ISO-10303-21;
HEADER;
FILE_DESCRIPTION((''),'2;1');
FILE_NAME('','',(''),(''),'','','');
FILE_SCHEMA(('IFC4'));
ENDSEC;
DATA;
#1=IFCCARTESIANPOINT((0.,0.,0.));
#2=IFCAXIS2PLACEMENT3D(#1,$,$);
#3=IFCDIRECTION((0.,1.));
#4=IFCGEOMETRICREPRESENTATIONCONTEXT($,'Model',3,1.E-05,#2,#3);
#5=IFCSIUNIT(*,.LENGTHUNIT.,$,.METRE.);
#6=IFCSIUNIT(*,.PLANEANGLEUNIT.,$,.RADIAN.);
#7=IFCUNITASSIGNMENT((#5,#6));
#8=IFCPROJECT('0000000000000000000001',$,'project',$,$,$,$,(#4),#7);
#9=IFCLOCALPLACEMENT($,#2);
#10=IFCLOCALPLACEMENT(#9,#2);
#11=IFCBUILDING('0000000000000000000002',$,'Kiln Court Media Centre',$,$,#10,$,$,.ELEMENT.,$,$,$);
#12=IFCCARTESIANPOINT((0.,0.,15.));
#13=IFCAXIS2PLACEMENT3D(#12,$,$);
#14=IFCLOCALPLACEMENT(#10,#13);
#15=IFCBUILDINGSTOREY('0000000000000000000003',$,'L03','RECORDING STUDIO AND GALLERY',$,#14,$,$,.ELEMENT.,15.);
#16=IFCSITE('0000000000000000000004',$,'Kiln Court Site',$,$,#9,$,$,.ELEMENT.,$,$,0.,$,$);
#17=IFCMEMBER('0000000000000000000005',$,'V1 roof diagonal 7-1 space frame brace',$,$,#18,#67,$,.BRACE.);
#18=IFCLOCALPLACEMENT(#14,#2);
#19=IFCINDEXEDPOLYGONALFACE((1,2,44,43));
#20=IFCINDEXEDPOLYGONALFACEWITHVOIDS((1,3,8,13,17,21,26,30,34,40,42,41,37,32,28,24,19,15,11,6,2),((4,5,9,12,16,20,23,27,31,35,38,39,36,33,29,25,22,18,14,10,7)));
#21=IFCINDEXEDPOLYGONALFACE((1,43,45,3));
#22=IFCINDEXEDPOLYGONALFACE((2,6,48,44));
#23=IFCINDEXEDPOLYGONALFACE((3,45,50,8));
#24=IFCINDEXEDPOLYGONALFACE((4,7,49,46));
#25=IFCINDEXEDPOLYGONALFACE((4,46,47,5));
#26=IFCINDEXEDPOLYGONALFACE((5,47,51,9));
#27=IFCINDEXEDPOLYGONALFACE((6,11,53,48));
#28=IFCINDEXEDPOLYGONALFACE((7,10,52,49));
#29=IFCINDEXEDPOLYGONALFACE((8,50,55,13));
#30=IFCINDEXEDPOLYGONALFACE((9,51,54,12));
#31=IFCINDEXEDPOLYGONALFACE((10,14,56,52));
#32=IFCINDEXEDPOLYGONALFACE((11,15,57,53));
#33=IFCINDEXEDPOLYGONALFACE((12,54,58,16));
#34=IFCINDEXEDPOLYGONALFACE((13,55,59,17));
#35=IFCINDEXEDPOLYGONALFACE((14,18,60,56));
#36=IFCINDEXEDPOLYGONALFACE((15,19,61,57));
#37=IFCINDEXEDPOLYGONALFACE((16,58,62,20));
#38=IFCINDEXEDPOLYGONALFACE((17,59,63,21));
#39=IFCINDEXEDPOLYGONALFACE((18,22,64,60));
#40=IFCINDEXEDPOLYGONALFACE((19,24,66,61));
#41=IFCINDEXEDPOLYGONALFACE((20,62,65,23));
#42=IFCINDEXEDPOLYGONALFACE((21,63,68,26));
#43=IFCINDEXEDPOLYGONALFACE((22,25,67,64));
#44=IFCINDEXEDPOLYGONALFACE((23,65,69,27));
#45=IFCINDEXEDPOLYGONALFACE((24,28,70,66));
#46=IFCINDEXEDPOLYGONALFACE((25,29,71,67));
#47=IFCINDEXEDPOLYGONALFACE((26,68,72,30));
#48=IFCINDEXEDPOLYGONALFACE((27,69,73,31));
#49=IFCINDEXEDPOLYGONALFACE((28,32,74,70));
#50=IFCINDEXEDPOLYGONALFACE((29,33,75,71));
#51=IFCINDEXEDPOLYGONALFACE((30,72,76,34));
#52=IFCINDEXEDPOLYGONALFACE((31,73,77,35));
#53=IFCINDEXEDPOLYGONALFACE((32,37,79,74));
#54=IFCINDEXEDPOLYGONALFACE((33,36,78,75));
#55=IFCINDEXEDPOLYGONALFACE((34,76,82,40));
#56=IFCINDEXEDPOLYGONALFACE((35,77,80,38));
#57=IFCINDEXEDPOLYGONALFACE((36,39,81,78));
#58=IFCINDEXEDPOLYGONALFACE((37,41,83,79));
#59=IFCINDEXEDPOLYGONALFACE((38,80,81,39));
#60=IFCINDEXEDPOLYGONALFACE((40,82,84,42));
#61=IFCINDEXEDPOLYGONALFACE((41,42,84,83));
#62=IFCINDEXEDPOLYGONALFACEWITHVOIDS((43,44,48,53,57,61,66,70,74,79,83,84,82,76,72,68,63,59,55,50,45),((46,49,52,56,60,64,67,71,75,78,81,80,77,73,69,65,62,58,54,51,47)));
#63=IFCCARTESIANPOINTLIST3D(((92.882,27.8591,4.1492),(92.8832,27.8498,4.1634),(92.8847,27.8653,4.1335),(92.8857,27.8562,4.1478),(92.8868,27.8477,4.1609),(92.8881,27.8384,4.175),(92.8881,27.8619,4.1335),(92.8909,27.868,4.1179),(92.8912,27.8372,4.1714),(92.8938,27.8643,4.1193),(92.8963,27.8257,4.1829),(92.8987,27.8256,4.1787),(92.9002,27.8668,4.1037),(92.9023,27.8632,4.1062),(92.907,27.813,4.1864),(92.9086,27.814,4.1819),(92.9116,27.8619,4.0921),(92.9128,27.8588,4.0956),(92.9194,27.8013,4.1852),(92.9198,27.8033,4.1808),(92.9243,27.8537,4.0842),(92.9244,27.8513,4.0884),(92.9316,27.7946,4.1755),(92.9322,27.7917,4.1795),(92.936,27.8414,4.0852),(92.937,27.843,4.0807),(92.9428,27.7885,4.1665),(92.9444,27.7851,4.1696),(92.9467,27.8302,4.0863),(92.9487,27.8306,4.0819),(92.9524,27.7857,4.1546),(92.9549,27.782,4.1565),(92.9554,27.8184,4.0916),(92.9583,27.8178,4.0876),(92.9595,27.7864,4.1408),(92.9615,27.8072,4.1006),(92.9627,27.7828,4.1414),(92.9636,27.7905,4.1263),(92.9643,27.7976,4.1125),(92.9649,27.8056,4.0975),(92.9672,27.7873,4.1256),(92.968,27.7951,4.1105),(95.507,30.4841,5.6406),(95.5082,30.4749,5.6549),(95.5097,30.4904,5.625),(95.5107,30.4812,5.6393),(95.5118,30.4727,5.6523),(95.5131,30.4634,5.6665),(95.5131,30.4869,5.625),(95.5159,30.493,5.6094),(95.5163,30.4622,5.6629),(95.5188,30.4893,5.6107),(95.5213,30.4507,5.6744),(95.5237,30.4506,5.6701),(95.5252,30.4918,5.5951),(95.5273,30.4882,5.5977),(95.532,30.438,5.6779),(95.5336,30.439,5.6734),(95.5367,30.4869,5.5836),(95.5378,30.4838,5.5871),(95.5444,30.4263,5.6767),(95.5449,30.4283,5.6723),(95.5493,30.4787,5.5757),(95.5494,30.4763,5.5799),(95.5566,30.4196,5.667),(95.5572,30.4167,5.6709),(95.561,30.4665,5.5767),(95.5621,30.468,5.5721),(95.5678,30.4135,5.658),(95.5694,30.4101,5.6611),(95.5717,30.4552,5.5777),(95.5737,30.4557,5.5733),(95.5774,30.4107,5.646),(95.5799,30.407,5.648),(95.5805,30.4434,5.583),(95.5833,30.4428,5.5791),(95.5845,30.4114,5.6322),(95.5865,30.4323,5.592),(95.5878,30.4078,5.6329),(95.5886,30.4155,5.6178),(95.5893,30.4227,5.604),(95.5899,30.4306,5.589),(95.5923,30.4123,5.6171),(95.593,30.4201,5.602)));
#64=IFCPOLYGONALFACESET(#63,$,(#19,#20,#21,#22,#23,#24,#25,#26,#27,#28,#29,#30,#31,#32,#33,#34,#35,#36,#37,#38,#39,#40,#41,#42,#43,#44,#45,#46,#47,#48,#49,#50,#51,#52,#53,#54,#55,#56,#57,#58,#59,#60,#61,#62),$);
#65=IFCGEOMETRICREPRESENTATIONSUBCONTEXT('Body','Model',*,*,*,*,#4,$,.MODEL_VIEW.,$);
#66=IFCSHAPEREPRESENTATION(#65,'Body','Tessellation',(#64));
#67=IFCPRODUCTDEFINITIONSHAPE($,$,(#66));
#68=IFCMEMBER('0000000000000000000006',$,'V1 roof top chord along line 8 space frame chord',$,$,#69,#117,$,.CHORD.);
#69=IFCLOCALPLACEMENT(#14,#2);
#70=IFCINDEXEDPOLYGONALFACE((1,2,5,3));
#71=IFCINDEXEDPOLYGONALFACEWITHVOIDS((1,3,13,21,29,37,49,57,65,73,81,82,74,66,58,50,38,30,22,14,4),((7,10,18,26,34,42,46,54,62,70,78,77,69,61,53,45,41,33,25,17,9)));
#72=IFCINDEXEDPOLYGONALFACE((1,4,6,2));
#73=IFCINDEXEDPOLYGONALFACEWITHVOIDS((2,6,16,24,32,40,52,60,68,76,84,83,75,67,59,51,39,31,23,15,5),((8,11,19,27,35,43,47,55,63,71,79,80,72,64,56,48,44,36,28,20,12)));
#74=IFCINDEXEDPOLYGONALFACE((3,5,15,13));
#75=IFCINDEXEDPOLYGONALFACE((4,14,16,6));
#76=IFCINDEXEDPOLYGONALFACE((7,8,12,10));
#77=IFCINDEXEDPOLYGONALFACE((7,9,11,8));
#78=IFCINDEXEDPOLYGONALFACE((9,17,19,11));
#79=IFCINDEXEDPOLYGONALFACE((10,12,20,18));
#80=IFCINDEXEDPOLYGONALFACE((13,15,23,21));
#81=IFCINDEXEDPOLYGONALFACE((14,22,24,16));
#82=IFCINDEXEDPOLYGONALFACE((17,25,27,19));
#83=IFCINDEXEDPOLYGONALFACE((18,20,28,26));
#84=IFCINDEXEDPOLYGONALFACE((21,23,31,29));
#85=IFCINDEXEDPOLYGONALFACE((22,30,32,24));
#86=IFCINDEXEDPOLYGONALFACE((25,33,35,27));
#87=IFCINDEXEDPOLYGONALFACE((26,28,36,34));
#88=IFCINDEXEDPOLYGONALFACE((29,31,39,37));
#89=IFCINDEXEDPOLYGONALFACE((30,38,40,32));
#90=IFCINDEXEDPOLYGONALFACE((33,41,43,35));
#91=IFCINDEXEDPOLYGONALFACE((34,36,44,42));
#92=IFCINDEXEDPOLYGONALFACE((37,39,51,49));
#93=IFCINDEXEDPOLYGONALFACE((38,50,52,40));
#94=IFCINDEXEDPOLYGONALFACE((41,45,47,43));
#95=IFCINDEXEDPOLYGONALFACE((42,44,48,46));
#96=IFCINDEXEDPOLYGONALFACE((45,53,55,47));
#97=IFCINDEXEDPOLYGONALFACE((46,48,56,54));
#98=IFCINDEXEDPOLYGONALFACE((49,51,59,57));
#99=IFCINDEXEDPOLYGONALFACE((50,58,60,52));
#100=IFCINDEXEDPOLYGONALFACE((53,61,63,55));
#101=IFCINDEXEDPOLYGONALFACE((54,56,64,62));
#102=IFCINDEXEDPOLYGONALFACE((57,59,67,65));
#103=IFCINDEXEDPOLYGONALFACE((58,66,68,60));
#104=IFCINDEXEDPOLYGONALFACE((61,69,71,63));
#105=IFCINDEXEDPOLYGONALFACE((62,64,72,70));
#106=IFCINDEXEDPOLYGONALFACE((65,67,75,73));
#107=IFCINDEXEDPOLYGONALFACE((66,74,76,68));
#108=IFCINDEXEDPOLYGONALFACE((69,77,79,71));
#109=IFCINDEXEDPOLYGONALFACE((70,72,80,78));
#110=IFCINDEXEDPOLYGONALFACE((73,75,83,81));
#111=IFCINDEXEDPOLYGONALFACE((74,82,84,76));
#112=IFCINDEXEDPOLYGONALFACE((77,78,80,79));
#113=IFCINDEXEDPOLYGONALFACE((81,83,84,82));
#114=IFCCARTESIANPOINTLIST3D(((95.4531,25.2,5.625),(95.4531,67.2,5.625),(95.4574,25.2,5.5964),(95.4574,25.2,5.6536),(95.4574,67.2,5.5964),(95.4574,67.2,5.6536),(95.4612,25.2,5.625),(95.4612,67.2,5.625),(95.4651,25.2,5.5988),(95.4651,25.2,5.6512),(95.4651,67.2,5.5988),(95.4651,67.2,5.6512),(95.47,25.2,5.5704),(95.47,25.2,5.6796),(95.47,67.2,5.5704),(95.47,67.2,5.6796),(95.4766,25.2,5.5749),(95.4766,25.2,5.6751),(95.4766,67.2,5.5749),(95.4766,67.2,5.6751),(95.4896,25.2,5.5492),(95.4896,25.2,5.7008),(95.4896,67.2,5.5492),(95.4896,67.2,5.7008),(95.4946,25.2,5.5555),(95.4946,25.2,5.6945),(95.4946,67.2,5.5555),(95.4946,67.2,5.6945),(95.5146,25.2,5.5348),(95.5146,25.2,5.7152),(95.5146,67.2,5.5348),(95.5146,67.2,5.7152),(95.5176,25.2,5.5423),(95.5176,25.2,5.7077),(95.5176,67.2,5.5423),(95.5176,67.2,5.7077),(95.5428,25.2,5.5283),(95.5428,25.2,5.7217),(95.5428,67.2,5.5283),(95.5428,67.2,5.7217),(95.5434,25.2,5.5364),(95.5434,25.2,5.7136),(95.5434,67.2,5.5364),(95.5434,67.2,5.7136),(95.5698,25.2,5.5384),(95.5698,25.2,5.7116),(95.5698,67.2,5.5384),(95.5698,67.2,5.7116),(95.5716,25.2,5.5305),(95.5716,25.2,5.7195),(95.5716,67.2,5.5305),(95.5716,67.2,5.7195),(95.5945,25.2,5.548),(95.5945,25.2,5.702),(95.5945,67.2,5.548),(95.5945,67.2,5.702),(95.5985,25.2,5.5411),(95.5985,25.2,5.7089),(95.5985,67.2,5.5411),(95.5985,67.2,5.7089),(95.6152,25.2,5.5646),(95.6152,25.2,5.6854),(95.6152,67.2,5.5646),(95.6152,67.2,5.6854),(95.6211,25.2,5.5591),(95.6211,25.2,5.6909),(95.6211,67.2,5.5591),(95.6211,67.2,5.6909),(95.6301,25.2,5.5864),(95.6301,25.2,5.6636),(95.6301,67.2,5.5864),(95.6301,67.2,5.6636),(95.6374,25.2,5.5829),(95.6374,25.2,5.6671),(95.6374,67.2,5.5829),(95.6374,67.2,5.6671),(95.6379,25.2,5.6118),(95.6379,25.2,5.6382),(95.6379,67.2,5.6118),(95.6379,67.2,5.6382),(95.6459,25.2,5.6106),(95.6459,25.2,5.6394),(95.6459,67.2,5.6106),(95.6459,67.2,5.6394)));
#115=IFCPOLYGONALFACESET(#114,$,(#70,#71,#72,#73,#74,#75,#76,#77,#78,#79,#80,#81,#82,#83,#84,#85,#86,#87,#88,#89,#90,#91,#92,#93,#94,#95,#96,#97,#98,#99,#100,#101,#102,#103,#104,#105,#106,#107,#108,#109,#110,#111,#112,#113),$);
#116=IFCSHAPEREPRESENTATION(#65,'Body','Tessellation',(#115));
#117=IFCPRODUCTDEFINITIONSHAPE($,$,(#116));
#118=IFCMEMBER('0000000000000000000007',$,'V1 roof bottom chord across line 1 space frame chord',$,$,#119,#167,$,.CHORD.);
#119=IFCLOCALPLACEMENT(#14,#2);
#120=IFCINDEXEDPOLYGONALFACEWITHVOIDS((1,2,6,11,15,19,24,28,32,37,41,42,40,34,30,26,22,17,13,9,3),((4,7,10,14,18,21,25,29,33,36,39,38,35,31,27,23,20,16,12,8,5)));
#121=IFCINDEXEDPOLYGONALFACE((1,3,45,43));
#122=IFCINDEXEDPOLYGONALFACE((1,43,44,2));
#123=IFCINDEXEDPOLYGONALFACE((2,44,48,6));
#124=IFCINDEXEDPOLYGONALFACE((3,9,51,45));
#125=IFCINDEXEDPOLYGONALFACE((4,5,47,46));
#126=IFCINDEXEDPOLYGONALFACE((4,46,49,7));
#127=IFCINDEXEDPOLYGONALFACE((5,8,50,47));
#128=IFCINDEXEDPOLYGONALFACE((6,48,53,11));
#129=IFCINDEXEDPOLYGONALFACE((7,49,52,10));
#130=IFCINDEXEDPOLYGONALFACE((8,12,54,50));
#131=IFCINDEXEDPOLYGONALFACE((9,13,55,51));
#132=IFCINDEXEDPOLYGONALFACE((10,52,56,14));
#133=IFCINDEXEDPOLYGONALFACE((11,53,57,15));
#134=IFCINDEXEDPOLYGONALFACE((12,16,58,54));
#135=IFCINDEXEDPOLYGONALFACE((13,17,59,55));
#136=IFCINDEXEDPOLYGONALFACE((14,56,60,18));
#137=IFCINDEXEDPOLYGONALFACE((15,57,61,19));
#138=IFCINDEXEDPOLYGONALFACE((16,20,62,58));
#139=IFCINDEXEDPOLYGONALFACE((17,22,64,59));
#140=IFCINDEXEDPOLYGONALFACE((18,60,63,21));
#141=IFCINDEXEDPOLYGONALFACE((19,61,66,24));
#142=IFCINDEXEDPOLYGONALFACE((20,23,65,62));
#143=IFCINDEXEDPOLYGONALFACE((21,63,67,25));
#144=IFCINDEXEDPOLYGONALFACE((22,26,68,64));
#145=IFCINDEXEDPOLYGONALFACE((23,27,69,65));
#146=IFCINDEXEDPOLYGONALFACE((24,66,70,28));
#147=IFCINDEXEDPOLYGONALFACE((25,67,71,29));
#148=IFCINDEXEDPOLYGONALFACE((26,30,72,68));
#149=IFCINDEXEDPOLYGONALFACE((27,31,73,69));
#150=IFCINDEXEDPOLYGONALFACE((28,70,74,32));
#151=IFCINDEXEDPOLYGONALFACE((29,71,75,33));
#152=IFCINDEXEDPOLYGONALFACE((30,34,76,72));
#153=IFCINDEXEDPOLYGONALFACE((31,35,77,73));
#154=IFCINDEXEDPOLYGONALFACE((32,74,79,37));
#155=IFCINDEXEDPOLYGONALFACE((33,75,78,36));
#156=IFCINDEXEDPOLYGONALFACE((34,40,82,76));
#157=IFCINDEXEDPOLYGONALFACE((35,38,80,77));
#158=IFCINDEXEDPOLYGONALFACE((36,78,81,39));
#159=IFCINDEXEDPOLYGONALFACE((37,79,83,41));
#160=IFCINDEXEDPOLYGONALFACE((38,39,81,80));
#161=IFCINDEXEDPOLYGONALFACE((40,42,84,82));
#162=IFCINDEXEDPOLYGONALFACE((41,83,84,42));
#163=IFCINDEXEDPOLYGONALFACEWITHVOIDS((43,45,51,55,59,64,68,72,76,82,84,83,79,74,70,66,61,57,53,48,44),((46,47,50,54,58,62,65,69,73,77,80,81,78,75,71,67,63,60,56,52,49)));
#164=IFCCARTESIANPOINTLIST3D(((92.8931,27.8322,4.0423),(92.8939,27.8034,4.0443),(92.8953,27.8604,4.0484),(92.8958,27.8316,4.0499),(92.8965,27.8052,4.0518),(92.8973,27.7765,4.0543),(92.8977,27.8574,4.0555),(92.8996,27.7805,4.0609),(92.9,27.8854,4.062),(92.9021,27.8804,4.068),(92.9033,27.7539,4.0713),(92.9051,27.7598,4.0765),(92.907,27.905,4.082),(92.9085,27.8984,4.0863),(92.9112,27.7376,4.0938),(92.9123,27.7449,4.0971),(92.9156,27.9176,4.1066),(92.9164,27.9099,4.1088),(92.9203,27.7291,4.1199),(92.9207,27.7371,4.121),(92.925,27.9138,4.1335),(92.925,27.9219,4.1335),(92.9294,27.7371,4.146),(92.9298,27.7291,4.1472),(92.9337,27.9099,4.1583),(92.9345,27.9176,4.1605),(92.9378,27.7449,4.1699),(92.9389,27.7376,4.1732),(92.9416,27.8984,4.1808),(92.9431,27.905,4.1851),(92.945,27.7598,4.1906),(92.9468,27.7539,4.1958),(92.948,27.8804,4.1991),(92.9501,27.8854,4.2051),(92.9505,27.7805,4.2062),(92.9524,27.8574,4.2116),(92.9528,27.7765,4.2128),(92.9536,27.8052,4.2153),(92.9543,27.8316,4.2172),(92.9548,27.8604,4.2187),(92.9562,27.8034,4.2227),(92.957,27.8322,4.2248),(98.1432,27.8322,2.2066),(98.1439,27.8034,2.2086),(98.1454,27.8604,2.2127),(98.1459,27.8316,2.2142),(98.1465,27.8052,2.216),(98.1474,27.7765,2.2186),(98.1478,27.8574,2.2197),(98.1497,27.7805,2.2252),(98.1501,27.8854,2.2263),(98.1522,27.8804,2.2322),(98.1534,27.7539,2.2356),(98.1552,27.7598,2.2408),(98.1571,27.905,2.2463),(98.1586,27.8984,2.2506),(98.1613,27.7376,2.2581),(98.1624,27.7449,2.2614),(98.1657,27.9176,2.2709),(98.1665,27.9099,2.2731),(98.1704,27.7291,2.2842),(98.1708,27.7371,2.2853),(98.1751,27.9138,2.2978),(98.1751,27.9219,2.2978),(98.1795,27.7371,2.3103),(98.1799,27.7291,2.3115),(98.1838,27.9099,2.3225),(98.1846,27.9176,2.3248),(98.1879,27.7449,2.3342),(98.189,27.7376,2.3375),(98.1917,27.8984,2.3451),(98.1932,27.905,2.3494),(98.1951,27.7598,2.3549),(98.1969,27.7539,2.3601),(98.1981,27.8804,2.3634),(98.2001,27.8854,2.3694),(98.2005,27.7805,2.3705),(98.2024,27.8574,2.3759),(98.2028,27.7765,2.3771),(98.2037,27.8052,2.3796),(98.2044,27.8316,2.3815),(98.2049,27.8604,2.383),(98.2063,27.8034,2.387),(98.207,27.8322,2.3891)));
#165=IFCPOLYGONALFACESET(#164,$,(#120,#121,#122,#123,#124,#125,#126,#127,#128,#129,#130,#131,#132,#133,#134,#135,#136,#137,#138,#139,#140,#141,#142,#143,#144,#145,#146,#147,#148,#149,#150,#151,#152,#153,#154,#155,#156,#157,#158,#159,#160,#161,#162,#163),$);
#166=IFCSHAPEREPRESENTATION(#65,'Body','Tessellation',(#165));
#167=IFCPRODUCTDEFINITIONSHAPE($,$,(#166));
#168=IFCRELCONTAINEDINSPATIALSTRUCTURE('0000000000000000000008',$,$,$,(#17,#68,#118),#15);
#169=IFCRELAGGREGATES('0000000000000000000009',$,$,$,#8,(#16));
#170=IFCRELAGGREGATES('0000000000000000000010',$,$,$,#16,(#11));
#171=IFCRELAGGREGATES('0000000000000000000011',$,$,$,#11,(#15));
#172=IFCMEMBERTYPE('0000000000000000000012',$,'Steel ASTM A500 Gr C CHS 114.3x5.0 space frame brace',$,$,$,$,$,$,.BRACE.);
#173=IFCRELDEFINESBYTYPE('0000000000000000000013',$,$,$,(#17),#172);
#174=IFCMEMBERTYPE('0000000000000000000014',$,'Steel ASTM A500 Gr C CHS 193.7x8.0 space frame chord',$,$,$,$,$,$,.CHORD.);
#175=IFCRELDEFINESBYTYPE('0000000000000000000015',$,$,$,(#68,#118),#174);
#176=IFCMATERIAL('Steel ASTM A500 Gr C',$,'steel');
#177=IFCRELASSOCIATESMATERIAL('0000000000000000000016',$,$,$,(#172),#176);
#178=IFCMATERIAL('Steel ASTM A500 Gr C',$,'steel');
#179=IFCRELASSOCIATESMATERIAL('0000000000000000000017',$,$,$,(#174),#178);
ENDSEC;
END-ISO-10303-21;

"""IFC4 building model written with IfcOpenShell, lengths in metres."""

from ifc_helpers import new_model, si_unit, direction, frame, origin, origin_2d, place, context, subcontext, project, spatial, hollow_circle, extrude, material, material_profile, profile_set, type_object, element, save


model = new_model("IFC4")

# Units and contexts
model_context = context("Model", 3, precision=1e-05, world=origin(), true_north=direction((0.0, 1.0)))
body_context = subcontext(model_context, "Body", "Model", "MODEL_VIEW")
ifc_project = project(units=[si_unit("LENGTHUNIT", "METRE"), si_unit("PLANEANGLEUNIT", "RADIAN")], contexts=[model_context])

# Site, building, storey
site_placement = place(None, origin())
site = spatial("IfcSite", under=ifc_project, at=site_placement, Name="Kiln Court Site", CompositionType="ELEMENT", RefElevation=0.0)
building_placement = place(site_placement, origin())
building = spatial("IfcBuilding", under=site, at=building_placement, Name="Kiln Court Media Centre", CompositionType="ELEMENT")
storey_placement = place(building_placement, frame((0.0, 0.0, 15.0)))
storey = spatial("IfcBuildingStorey", under=building, at=storey_placement, Name="L03", Description="RECORDING STUDIO AND GALLERY", CompositionType="ELEMENT", Elevation=15.0)

# Members
ifc_material_1 = material(Name="Steel ASTM A500 Gr C", Category="steel")
ifc_material_profile_1 = material_profile(ifc_material_1, hollow_circle(Radius=0.0571, WallThickness=0.0049, at=origin_2d()), Name="CHS 114.3x5.0")
ifc_profile_set_1 = profile_set([ifc_material_profile_1], Name="Steel ASTM A500 Gr C")
member_type_1 = type_object("IfcMemberType", Name="Steel ASTM A500 Gr C CHS 114.3x5.0 space frame brace", PredefinedType="BRACE", material=ifc_profile_set_1)
member_1_placement = place(storey_placement, frame((92.925, 27.825, 4.1335), z_axis=(0.656133, 0.656133, 0.372798), x_axis=(-0.707107, 0.707107, 0.0)))
element("IfcMember", 1, at=member_1_placement, inside=storey, type_object=member_type_1, Name="V1 roof diagonal 7-1 space frame brace", PredefinedType="BRACE", context=body_context, shape_type="SweptSolid", body=[
    extrude(hollow_circle(Radius=0.0571, WallThickness=0.0049, at=origin_2d()), origin(), (0.0, 0.0, 1.0), 4.0007),
])
ifc_material_2 = material(Name="Steel ASTM A500 Gr C", Category="steel")
ifc_material_profile_2 = material_profile(ifc_material_2, hollow_circle(Radius=0.0969, WallThickness=0.0081, at=origin_2d()), Name="CHS 193.7x8.0")
ifc_profile_set_2 = profile_set([ifc_material_profile_2], Name="Steel ASTM A500 Gr C")
member_type_2 = type_object("IfcMemberType", Name="Steel ASTM A500 Gr C CHS 193.7x8.0 space frame chord", PredefinedType="CHORD", material=ifc_profile_set_2)
member_2_placement = place(storey_placement, frame((95.55, 25.2, 5.625), z_axis=(0.0, 1.0, 0.0), x_axis=(-1.0, 0.0, 0.0)))
element("IfcMember", 2, at=member_2_placement, inside=storey, type_object=member_type_2, Name="V1 roof top chord along line 8 space frame chord", PredefinedType="CHORD", context=body_context, shape_type="SweptSolid", body=[
    extrude(hollow_circle(Radius=0.0969, WallThickness=0.0081, at=origin_2d()), origin(), (0.0, 0.0, 1.0), 42.0),
])
for number, where, z_axis, x_axis, name in (
    (3, (92.925, 27.825, 4.1335), (0.94396, 0.0, -0.330061), (0.0, 1.0, 0.0), "V1 roof bottom chord across line 1 space frame chord"),
):
    element("IfcMember", number, at=place(storey_placement, frame(where, z_axis=z_axis, x_axis=x_axis)), inside=storey, type_object=member_type_2, Name=name, PredefinedType="CHORD", context=body_context, shape_type="SweptSolid", body=[
        extrude(hollow_circle(Radius=0.0969, WallThickness=0.0081, at=origin_2d()), origin(), (0.0, 0.0, 1.0), 5.5618),
    ])

save(model, "model.ifc")
